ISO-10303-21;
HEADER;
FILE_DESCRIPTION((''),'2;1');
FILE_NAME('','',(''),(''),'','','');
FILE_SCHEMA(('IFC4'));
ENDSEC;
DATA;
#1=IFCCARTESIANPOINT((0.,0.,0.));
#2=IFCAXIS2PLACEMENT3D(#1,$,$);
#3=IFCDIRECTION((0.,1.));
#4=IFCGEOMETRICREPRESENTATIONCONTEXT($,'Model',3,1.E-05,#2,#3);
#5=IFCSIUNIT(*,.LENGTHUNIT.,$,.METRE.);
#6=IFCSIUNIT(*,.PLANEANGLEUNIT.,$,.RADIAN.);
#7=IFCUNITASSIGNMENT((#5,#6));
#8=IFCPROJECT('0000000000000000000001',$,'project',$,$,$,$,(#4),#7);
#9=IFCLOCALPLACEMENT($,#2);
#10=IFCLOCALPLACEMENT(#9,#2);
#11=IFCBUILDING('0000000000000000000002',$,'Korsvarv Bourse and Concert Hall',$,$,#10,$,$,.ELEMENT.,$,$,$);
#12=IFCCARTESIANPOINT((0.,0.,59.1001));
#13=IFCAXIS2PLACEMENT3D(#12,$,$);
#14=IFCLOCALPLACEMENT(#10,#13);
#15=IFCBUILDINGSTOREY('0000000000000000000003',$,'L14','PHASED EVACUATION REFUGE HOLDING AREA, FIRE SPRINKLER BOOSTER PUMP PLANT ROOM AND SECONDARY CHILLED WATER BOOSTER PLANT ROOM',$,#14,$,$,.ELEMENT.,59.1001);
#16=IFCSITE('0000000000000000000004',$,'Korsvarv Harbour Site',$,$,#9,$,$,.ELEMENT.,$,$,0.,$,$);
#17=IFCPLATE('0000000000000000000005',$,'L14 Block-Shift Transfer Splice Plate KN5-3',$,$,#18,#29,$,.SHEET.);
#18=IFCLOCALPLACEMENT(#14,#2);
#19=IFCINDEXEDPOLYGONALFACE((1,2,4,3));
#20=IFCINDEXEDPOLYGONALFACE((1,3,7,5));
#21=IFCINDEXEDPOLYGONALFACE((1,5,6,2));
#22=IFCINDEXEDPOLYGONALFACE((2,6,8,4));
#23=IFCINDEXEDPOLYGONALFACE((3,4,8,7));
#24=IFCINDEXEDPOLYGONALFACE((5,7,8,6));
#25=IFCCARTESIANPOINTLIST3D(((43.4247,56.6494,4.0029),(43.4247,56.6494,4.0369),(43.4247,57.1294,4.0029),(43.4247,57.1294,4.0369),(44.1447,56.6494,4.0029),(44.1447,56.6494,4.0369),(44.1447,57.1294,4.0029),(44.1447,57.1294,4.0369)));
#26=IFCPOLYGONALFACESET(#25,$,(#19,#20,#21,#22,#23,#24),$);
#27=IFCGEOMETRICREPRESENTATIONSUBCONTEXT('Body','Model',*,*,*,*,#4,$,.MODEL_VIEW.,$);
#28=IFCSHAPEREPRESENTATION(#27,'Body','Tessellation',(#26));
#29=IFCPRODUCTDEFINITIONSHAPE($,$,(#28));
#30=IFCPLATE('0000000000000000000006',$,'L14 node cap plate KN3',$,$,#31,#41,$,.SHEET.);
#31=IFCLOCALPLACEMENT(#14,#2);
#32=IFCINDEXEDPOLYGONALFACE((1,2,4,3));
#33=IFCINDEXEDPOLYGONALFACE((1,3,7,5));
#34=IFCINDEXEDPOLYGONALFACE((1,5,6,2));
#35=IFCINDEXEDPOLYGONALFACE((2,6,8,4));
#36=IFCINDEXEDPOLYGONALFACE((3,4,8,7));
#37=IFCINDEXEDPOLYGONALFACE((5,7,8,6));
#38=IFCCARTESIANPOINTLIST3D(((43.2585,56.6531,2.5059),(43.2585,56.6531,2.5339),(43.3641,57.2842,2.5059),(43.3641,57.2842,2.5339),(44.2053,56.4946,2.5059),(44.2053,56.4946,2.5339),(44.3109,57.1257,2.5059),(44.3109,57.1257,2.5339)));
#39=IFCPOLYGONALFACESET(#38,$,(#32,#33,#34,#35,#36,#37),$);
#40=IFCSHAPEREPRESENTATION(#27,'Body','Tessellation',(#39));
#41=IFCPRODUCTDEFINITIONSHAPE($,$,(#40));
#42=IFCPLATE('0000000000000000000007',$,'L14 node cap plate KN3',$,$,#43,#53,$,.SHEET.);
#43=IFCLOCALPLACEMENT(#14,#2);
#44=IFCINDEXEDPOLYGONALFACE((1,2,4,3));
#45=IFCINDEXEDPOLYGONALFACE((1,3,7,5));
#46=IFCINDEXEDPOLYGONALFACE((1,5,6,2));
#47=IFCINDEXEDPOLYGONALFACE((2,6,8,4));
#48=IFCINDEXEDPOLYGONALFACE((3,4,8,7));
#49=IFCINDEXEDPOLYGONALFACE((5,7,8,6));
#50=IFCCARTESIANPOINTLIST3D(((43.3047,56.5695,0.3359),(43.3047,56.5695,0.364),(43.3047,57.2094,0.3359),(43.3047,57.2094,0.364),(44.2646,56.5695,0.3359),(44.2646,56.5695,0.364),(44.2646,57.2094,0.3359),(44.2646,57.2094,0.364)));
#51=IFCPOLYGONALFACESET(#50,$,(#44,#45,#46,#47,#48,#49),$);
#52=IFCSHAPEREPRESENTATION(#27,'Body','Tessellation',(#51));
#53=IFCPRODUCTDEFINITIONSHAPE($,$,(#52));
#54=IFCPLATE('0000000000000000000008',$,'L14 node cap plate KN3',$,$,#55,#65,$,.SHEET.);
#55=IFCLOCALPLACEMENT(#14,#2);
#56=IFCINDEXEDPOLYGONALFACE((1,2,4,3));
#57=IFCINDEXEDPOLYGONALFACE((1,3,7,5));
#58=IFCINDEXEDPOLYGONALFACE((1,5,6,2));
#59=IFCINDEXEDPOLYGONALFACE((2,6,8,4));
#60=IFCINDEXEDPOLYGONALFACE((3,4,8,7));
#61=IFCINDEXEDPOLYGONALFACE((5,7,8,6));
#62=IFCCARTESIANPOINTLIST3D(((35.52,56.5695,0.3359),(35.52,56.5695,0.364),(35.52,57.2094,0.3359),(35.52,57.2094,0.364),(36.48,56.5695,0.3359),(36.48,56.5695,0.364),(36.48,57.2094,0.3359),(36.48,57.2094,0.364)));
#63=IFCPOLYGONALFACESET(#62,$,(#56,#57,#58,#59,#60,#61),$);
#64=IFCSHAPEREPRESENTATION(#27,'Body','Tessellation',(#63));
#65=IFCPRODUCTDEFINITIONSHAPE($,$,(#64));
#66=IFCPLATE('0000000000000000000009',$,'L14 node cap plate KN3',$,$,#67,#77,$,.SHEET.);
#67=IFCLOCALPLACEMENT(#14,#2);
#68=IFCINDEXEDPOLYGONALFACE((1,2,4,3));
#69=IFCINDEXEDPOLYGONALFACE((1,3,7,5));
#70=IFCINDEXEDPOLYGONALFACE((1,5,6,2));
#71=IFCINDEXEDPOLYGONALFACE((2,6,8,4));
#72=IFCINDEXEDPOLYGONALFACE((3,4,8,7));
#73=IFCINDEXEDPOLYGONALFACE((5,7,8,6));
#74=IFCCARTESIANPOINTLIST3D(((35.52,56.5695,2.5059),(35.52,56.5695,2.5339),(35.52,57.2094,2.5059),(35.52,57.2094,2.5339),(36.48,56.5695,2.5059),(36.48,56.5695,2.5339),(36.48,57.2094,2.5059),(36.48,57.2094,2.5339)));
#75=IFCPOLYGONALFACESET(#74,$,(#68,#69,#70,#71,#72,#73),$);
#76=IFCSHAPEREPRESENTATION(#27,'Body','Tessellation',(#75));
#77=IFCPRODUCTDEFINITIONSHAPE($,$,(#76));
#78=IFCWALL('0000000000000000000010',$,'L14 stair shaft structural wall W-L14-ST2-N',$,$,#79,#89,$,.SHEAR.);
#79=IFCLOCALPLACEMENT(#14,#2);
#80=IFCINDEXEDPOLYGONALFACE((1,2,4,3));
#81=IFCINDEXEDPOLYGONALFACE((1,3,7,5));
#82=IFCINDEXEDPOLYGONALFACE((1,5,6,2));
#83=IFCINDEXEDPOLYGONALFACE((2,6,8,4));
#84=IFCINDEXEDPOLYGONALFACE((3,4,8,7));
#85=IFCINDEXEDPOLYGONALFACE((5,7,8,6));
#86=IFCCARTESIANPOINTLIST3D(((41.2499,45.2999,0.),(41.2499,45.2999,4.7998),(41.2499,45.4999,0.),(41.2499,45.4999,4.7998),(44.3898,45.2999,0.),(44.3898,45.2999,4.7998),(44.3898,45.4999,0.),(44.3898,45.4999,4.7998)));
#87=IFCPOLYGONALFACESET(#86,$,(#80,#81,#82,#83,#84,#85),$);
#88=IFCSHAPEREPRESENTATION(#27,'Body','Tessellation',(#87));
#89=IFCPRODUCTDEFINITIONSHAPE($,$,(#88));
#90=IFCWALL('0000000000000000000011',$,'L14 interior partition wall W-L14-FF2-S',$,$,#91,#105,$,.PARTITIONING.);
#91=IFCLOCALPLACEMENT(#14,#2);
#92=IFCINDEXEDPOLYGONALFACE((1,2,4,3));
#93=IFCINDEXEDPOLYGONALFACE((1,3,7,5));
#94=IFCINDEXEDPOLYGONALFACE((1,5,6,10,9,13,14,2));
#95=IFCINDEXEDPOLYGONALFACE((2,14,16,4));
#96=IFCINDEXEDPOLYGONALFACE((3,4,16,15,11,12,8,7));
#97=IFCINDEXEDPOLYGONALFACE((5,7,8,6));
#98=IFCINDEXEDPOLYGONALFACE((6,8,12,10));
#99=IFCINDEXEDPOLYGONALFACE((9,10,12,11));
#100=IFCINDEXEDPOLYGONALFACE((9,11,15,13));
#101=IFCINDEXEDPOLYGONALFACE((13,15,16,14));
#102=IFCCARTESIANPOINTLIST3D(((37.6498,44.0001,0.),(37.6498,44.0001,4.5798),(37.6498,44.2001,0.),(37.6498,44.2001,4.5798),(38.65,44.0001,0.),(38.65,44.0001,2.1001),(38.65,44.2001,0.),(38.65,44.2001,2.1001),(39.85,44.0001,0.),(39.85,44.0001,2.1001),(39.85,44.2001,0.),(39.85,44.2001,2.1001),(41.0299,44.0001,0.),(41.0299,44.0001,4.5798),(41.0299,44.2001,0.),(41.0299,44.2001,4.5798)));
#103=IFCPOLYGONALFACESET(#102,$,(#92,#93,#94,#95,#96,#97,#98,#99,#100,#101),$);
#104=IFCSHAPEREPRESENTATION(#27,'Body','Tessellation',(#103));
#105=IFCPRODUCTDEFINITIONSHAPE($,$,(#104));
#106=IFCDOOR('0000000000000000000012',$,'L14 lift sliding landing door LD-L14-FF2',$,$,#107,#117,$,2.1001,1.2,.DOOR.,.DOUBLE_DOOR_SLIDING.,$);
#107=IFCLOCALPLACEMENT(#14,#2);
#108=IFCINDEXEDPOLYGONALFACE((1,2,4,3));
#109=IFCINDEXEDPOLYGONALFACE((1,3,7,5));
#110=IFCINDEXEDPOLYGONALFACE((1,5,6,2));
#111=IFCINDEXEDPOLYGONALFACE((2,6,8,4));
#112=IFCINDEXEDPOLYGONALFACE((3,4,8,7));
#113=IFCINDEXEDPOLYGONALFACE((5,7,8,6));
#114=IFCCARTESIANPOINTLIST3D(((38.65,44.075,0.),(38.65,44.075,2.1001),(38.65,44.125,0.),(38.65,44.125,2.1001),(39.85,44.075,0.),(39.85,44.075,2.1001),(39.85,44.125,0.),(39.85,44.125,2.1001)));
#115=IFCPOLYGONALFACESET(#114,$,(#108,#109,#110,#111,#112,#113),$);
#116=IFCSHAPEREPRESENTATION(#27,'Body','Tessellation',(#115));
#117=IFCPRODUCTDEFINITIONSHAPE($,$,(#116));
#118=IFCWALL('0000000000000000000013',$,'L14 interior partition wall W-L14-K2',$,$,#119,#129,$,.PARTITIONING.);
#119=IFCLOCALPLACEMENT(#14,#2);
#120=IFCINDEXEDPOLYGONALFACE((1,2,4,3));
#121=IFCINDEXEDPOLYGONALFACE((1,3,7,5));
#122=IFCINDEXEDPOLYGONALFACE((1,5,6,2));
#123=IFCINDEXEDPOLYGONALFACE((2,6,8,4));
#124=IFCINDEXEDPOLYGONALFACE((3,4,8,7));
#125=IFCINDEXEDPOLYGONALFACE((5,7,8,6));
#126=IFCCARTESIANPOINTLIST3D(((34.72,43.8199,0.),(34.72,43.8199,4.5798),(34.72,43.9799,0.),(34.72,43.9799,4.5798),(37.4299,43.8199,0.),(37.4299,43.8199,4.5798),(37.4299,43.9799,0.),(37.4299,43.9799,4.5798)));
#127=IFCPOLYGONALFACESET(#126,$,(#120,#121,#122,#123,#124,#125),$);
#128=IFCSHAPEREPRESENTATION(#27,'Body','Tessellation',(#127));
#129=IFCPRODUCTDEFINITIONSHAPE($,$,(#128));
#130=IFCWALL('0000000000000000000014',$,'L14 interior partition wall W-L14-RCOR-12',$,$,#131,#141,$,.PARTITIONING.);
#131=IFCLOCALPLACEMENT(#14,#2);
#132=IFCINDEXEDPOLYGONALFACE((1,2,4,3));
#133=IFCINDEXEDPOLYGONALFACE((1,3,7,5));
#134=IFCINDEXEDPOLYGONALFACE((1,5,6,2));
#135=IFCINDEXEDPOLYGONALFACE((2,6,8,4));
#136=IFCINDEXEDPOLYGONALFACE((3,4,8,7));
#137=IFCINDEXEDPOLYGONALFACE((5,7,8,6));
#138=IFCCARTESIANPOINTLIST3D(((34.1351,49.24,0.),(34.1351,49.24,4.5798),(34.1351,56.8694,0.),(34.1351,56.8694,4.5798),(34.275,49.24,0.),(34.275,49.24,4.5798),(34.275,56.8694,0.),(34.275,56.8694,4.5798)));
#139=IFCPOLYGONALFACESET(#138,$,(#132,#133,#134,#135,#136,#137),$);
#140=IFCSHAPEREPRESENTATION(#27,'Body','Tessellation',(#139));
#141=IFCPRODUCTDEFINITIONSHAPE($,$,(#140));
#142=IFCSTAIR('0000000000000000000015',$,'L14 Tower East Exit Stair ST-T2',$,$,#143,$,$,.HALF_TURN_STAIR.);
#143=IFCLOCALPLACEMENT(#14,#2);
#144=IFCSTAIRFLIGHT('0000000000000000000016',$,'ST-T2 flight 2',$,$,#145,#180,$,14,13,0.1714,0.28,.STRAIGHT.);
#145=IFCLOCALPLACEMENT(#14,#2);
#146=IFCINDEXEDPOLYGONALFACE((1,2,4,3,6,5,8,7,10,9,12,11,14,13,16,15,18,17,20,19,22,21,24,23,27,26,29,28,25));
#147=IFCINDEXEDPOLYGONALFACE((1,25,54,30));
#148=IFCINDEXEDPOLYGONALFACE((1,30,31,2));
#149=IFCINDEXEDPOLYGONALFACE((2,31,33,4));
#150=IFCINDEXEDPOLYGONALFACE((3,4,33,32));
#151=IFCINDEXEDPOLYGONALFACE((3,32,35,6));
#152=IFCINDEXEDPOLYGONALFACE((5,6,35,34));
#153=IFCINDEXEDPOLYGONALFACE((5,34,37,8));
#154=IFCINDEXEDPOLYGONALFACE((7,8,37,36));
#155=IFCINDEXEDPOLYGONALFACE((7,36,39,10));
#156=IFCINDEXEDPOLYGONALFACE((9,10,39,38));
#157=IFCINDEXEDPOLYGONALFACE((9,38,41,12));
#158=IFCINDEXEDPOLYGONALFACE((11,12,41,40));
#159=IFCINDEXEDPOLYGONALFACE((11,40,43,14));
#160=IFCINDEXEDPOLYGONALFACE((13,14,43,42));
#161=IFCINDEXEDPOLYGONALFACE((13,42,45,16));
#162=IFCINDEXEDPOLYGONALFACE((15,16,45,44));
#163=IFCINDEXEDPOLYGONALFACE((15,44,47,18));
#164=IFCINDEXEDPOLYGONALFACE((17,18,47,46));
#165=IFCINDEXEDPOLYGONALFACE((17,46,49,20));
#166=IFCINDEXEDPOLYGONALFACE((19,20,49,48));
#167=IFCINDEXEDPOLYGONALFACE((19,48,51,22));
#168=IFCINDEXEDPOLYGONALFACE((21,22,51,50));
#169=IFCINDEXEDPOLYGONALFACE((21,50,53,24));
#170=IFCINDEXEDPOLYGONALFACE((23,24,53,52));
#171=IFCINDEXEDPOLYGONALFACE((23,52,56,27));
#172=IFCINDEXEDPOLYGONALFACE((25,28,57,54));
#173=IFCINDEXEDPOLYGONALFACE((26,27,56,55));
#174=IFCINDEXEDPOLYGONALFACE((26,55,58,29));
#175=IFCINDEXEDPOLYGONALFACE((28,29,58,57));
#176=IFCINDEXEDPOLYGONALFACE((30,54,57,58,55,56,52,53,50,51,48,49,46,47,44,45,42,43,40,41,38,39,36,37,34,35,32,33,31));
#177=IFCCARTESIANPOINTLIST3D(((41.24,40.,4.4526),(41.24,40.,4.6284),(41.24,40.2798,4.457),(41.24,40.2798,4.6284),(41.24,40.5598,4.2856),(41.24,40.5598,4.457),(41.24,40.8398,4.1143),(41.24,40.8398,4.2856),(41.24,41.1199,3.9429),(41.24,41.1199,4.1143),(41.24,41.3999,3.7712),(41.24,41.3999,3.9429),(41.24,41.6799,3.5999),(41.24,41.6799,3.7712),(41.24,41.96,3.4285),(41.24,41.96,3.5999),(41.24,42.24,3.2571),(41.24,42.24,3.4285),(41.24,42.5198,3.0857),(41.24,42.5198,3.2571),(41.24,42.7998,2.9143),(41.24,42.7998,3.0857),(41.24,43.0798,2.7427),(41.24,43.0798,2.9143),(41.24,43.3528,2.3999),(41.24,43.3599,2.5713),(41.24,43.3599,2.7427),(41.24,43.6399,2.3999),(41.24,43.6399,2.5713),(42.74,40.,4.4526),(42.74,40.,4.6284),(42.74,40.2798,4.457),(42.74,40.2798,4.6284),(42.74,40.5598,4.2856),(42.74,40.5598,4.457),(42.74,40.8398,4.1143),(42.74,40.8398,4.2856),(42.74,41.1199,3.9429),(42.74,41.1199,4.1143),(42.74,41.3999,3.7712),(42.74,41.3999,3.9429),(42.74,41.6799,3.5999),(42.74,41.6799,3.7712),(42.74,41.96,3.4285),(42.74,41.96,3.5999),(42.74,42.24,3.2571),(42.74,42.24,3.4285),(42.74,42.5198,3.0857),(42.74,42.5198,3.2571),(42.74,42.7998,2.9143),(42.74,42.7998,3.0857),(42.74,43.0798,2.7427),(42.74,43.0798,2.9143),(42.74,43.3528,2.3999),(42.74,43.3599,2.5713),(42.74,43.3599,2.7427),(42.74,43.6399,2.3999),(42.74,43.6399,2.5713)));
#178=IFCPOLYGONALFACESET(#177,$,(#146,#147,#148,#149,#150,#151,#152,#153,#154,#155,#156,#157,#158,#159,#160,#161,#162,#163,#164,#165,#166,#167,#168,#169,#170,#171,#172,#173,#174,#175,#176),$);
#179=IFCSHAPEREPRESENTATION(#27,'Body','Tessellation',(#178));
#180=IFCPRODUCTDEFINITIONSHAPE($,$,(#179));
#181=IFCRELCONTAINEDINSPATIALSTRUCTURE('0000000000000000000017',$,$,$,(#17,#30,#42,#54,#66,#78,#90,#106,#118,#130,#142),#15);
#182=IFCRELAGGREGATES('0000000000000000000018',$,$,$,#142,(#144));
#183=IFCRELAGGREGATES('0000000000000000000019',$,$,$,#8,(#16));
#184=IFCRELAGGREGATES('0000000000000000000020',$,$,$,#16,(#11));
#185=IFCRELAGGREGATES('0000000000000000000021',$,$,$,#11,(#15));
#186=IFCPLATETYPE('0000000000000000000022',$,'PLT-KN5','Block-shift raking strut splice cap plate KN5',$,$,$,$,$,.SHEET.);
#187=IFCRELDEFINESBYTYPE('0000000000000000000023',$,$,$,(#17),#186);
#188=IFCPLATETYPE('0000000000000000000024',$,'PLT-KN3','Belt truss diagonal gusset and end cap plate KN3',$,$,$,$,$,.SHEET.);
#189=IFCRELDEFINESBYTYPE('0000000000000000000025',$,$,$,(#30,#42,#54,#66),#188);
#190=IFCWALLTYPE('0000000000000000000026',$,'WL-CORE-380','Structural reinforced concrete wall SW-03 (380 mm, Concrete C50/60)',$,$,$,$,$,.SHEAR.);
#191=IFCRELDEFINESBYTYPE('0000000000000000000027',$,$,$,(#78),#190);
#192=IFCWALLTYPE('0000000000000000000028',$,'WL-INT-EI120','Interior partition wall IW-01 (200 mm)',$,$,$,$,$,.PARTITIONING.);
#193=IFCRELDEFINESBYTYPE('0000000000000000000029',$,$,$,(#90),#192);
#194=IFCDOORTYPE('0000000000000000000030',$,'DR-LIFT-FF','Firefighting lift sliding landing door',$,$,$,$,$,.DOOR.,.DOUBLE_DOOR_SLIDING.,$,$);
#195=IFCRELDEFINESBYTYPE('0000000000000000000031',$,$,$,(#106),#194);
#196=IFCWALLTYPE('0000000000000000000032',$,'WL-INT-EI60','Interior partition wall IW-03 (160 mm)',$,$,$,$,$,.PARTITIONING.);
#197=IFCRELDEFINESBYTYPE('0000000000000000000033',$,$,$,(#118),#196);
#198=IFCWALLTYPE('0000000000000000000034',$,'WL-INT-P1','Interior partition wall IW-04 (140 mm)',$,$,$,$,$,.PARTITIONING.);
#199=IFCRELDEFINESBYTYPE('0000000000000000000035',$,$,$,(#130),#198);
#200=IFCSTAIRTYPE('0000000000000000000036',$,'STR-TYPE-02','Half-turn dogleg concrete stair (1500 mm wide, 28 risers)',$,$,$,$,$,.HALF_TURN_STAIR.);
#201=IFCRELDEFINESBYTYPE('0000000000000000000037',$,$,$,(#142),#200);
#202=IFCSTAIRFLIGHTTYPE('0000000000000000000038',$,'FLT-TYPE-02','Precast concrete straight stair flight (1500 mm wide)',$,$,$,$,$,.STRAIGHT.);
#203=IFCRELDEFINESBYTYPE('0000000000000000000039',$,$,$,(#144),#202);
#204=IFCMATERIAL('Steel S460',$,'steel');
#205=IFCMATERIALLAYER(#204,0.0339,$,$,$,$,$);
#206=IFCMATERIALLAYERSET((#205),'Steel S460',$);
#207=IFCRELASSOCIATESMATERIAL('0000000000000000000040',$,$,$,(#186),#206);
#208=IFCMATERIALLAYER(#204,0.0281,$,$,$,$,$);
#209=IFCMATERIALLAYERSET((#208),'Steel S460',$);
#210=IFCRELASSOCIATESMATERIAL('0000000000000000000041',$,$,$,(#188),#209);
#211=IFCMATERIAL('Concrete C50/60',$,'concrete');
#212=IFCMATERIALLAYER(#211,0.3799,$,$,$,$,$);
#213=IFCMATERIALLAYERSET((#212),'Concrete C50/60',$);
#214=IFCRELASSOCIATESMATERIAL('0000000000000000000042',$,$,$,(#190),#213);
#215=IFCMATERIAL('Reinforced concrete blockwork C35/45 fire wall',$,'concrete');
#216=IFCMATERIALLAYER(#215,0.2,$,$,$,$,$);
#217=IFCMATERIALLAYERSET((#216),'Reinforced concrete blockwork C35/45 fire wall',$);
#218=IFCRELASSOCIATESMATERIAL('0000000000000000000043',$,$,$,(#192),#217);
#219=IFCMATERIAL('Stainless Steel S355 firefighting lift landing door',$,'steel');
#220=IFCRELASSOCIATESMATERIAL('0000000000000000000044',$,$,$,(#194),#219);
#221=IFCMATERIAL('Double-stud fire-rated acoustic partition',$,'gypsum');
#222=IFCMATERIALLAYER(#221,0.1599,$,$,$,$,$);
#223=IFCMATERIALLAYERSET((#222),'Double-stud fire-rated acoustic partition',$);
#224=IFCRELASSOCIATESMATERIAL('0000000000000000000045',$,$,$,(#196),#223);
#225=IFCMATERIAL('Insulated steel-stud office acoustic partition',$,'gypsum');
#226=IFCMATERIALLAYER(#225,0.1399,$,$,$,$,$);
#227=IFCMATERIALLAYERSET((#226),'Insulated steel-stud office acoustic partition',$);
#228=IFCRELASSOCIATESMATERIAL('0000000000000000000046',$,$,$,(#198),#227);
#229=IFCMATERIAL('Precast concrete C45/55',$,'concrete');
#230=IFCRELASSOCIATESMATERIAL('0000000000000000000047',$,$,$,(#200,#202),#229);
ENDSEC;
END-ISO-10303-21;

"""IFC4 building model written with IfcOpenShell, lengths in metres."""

from ifc_helpers import new_model, si_unit, direction, frame, frame_2d, origin, origin_2d, place, context, subcontext, project, spatial, polyline, rectangle, outline, extrude, source, transform, mapped, material, layer, layer_set, type_object, element, fill, aggregate, save


model = new_model("IFC4")

# Units and contexts
model_context = context("Model", 3, precision=1e-05, world=origin(), true_north=direction((0.0, 1.0)))
body_context = subcontext(model_context, "Body", "Model", "MODEL_VIEW")
ifc_project = project(units=[si_unit("LENGTHUNIT", "METRE"), si_unit("PLANEANGLEUNIT", "RADIAN")], contexts=[model_context])

# Site, building, storey
site_placement = place(None, origin())
site = spatial("IfcSite", under=ifc_project, at=site_placement, Name="Korsvarv Harbour Site", CompositionType="ELEMENT", RefElevation=0.0)
building_placement = place(site_placement, origin())
building = spatial("IfcBuilding", under=site, at=building_placement, Name="Korsvarv Bourse and Concert Hall", CompositionType="ELEMENT")
storey_placement = place(building_placement, frame((0.0, 0.0, 59.1001)))
storey = spatial("IfcBuildingStorey", under=building, at=storey_placement, Name="L14", Description="PHASED EVACUATION REFUGE HOLDING AREA, FIRE SPRINKLER BOOSTER PUMP PLANT ROOM AND SECONDARY CHILLED WATER BOOSTER PLANT ROOM", CompositionType="ELEMENT", Elevation=59.1001)

# Shared definitions
ifc_material_1 = material(Name="Steel S460", Category="steel")

# Plates
ifc_layer_1 = layer(ifc_material_1, 0.0339)
ifc_layer_set_1 = layer_set([ifc_layer_1], Name="Steel S460")
plate_type_1 = type_object("IfcPlateType", Name="PLT-KN5", Description="Block-shift raking strut splice cap plate KN5", PredefinedType="SHEET", material=ifc_layer_set_1)
shared_shape_1 = source(origin(), body_context, "Body", "SweptSolid", [
    extrude(rectangle(XDim=0.72, YDim=0.48, at=origin_2d()), origin(), (0.0, 0.0, 1.0), 0.0339),
])
plate_placement = place(storey_placement, frame((43.7847, 56.8894, 4.0029), z_axis=(0.0, 0.0, 1.0), x_axis=(1.0, 0.0, 0.0)))
element("IfcPlate", 1, at=plate_placement, inside=storey, type_object=plate_type_1, Name="L14 Block-Shift Transfer Splice Plate KN5-3", PredefinedType="SHEET", context=body_context, shape_type="MappedRepresentation", body=[
    mapped(shared_shape_1, transform((0.0, 0.0, 0.0), scale=1.0)),
])
ifc_layer_2 = layer(ifc_material_1, 0.0281)
ifc_layer_set_2 = layer_set([ifc_layer_2], Name="Steel S460")
plate_type_2 = type_object("IfcPlateType", Name="PLT-KN3", Description="Belt truss diagonal gusset and end cap plate KN3", PredefinedType="SHEET", material=ifc_layer_set_2)
shared_shape_2 = source(origin(), body_context, "Body", "SweptSolid", [
    extrude(rectangle(XDim=0.96, YDim=0.6399, at=origin_2d()), origin(), (0.0, 0.0, 1.0), 0.0281),
])
for number, where, z_axis, x_axis, name in (
    (2, (43.7847, 56.8894, 2.5059), (0.0, 0.0, 1.0), (-0.986286, 0.165048, 0.0), "L14 node cap plate KN3"),
    (3, (43.7847, 56.8894, 0.3359), (0.0, 0.0, 1.0), (1.0, 0.0, 0.0), "L14 node cap plate KN3"),
    (4, (36.0, 56.8894, 0.3359), (0.0, 0.0, 1.0), (1.0, 0.0, 0.0), "L14 node cap plate KN3"),
    (5, (36.0, 56.8894, 2.5059), (0.0, 0.0, 1.0), (1.0, 0.0, 0.0), "L14 node cap plate KN3"),
):
    element("IfcPlate", number, at=place(storey_placement, frame(where, z_axis=z_axis, x_axis=x_axis)), inside=storey, type_object=plate_type_2, Name=name, PredefinedType="SHEET", context=body_context, shape_type="MappedRepresentation", body=[
        mapped(shared_shape_2, transform((0.0, 0.0, 0.0), scale=1.0)),
    ])

# Wall
ifc_material_2 = material(Name="Concrete C50/60", Category="concrete")
ifc_layer_3 = layer(ifc_material_2, 0.3799)
ifc_layer_set_3 = layer_set([ifc_layer_3], Name="Concrete C50/60")
wall_type_1 = type_object("IfcWallType", Name="WL-CORE-380", Description="Structural reinforced concrete wall SW-03 (380 mm, Concrete C50/60)", PredefinedType="SHEAR", material=ifc_layer_set_3)
wall_1_placement = place(storey_placement, frame((41.25, 45.3999, 0.0), z_axis=(0.0, 0.0, 1.0), x_axis=(1.0, 0.0, 0.0)))
element("IfcWall", 6, at=wall_1_placement, inside=storey, type_object=wall_type_1, Name="L14 stair shaft structural wall W-L14-ST2-N", PredefinedType="SHEAR", context=body_context, shape_type="SweptSolid", body=[
    extrude(rectangle(XDim=3.1399, YDim=0.2, at=frame_2d((1.5698, 0.0))), origin(), (0.0, 0.0, 1.0), 4.7998),
])

# Wall, opening, door
ifc_material_3 = material(Name="Reinforced concrete blockwork C35/45 fire wall", Category="concrete")
ifc_layer_4 = layer(ifc_material_3, 0.2)
ifc_layer_set_4 = layer_set([ifc_layer_4], Name="Reinforced concrete blockwork C35/45 fire wall")
wall_type_2 = type_object("IfcWallType", Name="WL-INT-EI120", Description="Interior partition wall IW-01 (200 mm)", PredefinedType="PARTITIONING", material=ifc_layer_set_4)
wall_2_placement = place(storey_placement, frame((37.6499, 44.1001, 0.0), z_axis=(0.0, 0.0, 1.0), x_axis=(1.0, 0.0, 0.0)))
wall_2 = element("IfcWall", 7, at=wall_2_placement, inside=storey, type_object=wall_type_2, Name="L14 interior partition wall W-L14-FF2-S", PredefinedType="PARTITIONING", context=body_context, shape_type="SweptSolid", body=[
    extrude(rectangle(XDim=3.3801, YDim=0.2, at=frame_2d((1.6899, 0.0))), origin(), (0.0, 0.0, 1.0), 4.5798),
])
opening_placement = place(wall_2_placement, frame((1.0, 0.0, 0.0)))
opening = element("IfcOpeningElement", 8, at=opening_placement, cuts=wall_2, PredefinedType="OPENING", context=body_context, shape_type="SweptSolid", body=[
    extrude(rectangle(XDim=1.2, YDim=2.1001, at=frame_2d((0.6001, 1.05))), frame((0.0, 0.1099, 0.0), z_axis=(0.0, -1.0, 0.0), x_axis=(1.0, 0.0, 0.0)), (0.0, 0.0, 1.0), 0.22),
])
ifc_material_4 = material(Name="Stainless Steel S355 firefighting lift landing door", Category="steel")
door_type = type_object("IfcDoorType", Name="DR-LIFT-FF", Description="Firefighting lift sliding landing door", OperationType="DOUBLE_DOOR_SLIDING", PredefinedType="DOOR", material=ifc_material_4)
door_placement = place(opening_placement, origin())
door = element("IfcDoor", 9, at=door_placement, inside=storey, type_object=door_type, Name="L14 lift sliding landing door LD-L14-FF2", OperationType="DOUBLE_DOOR_SLIDING", OverallHeight=2.1001, OverallWidth=1.2, PredefinedType="DOOR", context=body_context, shape_type="SweptSolid", body=[
    extrude(rectangle(XDim=1.2, YDim=2.1001, at=frame_2d((0.6001, 1.05))), frame((0.0, 0.0249, 0.0), z_axis=(0.0, -1.0, 0.0), x_axis=(1.0, 0.0, 0.0)), (0.0, 0.0, 1.0), 0.05),
])
fill(opening, door)

# Walls
ifc_material_5 = material(Name="Double-stud fire-rated acoustic partition", Category="gypsum")
ifc_layer_5 = layer(ifc_material_5, 0.1599)
ifc_layer_set_5 = layer_set([ifc_layer_5], Name="Double-stud fire-rated acoustic partition")
wall_type_3 = type_object("IfcWallType", Name="WL-INT-EI60", Description="Interior partition wall IW-03 (160 mm)", PredefinedType="PARTITIONING", material=ifc_layer_set_5)
wall_3_placement = place(storey_placement, frame((34.72, 43.8999, 0.0), z_axis=(0.0, 0.0, 1.0), x_axis=(1.0, 0.0, 0.0)))
element("IfcWall", 10, at=wall_3_placement, inside=storey, type_object=wall_type_3, Name="L14 interior partition wall W-L14-K2", PredefinedType="PARTITIONING", context=body_context, shape_type="SweptSolid", body=[
    extrude(rectangle(XDim=2.71, YDim=0.1599, at=frame_2d((1.355, 0.0))), origin(), (0.0, 0.0, 1.0), 4.5798),
])
ifc_material_6 = material(Name="Insulated steel-stud office acoustic partition", Category="gypsum")
ifc_layer_6 = layer(ifc_material_6, 0.1399)
ifc_layer_set_6 = layer_set([ifc_layer_6], Name="Insulated steel-stud office acoustic partition")
wall_type_4 = type_object("IfcWallType", Name="WL-INT-P1", Description="Interior partition wall IW-04 (140 mm)", PredefinedType="PARTITIONING", material=ifc_layer_set_6)
wall_4_placement = place(storey_placement, frame((34.2051, 49.24, 0.0), z_axis=(0.0, 0.0, 1.0), x_axis=(0.0, 1.0, 0.0)))
element("IfcWall", 11, at=wall_4_placement, inside=storey, type_object=wall_type_4, Name="L14 interior partition wall W-L14-RCOR-12", PredefinedType="PARTITIONING", context=body_context, shape_type="SweptSolid", body=[
    extrude(rectangle(XDim=7.6294, YDim=0.1399, at=frame_2d((3.8147, 0.0))), origin(), (0.0, 0.0, 1.0), 4.5798),
])

# Stair, stair flight
ifc_material_7 = material(Name="Precast concrete C45/55", Category="concrete")
stair_type = type_object("IfcStairType", Name="STR-TYPE-02", Description="Half-turn dogleg concrete stair (1500 mm wide, 28 risers)", PredefinedType="HALF_TURN_STAIR", material=ifc_material_7)
stair_placement = place(storey_placement, origin())
stair = element("IfcStair", 12, at=stair_placement, inside=storey, type_object=stair_type, Name="L14 Tower East Exit Stair ST-T2", PredefinedType="HALF_TURN_STAIR")
stair_flight_type = type_object("IfcStairFlightType", Name="FLT-TYPE-02", Description="Precast concrete straight stair flight (1500 mm wide)", PredefinedType="STRAIGHT", material=ifc_material_7)
stair_flight_placement = place(storey_placement, frame((41.99, 43.6399, 2.3999), z_axis=(0.0, 0.0, 1.0), x_axis=(0.0, -1.0, 0.0)))
stair_flight = element("IfcStairFlight", 13, at=stair_flight_placement, type_object=stair_flight_type, Name="ST-T2 flight 2", NumberOfRisers=14, NumberOfTreads=13, PredefinedType="STRAIGHT", RiserHeight=0.1714, TreadLength=0.28, context=body_context, shape_type="SweptSolid", body=[
    extrude(outline(polyline([(0.0, 0.0), (0.0, 0.1714), (0.28, 0.1714), (0.28, 0.3428), (0.5601, 0.3428), (0.5601, 0.5144), (0.8401, 0.5144), (0.8401, 0.6858), (1.1201, 0.6858), (1.1201, 0.8572), (1.3999, 0.8572), (1.3999, 1.0286), (1.6799, 1.0286), (1.6799, 1.2), (1.96, 1.2), (1.96, 1.3713), (2.24, 1.3713), (2.24, 1.543), (2.52, 1.543), (2.52, 1.7144), (2.8, 1.7144), (2.8, 1.8857), (3.0801, 1.8857), (3.0801, 2.0571), (3.3601, 2.0571), (3.3601, 2.2285), (3.6399, 2.2285), (3.6399, 2.3999), (3.6399, 2.0527), (0.2871, 0.0), (0.0, 0.0)])), frame((0.0, 0.75, 0.0), z_axis=(0.0, -1.0, 0.0), x_axis=(1.0, 0.0, 0.0)), (0.0, 0.0, 1.0), 1.5),
])
aggregate(stair, [stair_flight])

save(model, "model.ifc")
